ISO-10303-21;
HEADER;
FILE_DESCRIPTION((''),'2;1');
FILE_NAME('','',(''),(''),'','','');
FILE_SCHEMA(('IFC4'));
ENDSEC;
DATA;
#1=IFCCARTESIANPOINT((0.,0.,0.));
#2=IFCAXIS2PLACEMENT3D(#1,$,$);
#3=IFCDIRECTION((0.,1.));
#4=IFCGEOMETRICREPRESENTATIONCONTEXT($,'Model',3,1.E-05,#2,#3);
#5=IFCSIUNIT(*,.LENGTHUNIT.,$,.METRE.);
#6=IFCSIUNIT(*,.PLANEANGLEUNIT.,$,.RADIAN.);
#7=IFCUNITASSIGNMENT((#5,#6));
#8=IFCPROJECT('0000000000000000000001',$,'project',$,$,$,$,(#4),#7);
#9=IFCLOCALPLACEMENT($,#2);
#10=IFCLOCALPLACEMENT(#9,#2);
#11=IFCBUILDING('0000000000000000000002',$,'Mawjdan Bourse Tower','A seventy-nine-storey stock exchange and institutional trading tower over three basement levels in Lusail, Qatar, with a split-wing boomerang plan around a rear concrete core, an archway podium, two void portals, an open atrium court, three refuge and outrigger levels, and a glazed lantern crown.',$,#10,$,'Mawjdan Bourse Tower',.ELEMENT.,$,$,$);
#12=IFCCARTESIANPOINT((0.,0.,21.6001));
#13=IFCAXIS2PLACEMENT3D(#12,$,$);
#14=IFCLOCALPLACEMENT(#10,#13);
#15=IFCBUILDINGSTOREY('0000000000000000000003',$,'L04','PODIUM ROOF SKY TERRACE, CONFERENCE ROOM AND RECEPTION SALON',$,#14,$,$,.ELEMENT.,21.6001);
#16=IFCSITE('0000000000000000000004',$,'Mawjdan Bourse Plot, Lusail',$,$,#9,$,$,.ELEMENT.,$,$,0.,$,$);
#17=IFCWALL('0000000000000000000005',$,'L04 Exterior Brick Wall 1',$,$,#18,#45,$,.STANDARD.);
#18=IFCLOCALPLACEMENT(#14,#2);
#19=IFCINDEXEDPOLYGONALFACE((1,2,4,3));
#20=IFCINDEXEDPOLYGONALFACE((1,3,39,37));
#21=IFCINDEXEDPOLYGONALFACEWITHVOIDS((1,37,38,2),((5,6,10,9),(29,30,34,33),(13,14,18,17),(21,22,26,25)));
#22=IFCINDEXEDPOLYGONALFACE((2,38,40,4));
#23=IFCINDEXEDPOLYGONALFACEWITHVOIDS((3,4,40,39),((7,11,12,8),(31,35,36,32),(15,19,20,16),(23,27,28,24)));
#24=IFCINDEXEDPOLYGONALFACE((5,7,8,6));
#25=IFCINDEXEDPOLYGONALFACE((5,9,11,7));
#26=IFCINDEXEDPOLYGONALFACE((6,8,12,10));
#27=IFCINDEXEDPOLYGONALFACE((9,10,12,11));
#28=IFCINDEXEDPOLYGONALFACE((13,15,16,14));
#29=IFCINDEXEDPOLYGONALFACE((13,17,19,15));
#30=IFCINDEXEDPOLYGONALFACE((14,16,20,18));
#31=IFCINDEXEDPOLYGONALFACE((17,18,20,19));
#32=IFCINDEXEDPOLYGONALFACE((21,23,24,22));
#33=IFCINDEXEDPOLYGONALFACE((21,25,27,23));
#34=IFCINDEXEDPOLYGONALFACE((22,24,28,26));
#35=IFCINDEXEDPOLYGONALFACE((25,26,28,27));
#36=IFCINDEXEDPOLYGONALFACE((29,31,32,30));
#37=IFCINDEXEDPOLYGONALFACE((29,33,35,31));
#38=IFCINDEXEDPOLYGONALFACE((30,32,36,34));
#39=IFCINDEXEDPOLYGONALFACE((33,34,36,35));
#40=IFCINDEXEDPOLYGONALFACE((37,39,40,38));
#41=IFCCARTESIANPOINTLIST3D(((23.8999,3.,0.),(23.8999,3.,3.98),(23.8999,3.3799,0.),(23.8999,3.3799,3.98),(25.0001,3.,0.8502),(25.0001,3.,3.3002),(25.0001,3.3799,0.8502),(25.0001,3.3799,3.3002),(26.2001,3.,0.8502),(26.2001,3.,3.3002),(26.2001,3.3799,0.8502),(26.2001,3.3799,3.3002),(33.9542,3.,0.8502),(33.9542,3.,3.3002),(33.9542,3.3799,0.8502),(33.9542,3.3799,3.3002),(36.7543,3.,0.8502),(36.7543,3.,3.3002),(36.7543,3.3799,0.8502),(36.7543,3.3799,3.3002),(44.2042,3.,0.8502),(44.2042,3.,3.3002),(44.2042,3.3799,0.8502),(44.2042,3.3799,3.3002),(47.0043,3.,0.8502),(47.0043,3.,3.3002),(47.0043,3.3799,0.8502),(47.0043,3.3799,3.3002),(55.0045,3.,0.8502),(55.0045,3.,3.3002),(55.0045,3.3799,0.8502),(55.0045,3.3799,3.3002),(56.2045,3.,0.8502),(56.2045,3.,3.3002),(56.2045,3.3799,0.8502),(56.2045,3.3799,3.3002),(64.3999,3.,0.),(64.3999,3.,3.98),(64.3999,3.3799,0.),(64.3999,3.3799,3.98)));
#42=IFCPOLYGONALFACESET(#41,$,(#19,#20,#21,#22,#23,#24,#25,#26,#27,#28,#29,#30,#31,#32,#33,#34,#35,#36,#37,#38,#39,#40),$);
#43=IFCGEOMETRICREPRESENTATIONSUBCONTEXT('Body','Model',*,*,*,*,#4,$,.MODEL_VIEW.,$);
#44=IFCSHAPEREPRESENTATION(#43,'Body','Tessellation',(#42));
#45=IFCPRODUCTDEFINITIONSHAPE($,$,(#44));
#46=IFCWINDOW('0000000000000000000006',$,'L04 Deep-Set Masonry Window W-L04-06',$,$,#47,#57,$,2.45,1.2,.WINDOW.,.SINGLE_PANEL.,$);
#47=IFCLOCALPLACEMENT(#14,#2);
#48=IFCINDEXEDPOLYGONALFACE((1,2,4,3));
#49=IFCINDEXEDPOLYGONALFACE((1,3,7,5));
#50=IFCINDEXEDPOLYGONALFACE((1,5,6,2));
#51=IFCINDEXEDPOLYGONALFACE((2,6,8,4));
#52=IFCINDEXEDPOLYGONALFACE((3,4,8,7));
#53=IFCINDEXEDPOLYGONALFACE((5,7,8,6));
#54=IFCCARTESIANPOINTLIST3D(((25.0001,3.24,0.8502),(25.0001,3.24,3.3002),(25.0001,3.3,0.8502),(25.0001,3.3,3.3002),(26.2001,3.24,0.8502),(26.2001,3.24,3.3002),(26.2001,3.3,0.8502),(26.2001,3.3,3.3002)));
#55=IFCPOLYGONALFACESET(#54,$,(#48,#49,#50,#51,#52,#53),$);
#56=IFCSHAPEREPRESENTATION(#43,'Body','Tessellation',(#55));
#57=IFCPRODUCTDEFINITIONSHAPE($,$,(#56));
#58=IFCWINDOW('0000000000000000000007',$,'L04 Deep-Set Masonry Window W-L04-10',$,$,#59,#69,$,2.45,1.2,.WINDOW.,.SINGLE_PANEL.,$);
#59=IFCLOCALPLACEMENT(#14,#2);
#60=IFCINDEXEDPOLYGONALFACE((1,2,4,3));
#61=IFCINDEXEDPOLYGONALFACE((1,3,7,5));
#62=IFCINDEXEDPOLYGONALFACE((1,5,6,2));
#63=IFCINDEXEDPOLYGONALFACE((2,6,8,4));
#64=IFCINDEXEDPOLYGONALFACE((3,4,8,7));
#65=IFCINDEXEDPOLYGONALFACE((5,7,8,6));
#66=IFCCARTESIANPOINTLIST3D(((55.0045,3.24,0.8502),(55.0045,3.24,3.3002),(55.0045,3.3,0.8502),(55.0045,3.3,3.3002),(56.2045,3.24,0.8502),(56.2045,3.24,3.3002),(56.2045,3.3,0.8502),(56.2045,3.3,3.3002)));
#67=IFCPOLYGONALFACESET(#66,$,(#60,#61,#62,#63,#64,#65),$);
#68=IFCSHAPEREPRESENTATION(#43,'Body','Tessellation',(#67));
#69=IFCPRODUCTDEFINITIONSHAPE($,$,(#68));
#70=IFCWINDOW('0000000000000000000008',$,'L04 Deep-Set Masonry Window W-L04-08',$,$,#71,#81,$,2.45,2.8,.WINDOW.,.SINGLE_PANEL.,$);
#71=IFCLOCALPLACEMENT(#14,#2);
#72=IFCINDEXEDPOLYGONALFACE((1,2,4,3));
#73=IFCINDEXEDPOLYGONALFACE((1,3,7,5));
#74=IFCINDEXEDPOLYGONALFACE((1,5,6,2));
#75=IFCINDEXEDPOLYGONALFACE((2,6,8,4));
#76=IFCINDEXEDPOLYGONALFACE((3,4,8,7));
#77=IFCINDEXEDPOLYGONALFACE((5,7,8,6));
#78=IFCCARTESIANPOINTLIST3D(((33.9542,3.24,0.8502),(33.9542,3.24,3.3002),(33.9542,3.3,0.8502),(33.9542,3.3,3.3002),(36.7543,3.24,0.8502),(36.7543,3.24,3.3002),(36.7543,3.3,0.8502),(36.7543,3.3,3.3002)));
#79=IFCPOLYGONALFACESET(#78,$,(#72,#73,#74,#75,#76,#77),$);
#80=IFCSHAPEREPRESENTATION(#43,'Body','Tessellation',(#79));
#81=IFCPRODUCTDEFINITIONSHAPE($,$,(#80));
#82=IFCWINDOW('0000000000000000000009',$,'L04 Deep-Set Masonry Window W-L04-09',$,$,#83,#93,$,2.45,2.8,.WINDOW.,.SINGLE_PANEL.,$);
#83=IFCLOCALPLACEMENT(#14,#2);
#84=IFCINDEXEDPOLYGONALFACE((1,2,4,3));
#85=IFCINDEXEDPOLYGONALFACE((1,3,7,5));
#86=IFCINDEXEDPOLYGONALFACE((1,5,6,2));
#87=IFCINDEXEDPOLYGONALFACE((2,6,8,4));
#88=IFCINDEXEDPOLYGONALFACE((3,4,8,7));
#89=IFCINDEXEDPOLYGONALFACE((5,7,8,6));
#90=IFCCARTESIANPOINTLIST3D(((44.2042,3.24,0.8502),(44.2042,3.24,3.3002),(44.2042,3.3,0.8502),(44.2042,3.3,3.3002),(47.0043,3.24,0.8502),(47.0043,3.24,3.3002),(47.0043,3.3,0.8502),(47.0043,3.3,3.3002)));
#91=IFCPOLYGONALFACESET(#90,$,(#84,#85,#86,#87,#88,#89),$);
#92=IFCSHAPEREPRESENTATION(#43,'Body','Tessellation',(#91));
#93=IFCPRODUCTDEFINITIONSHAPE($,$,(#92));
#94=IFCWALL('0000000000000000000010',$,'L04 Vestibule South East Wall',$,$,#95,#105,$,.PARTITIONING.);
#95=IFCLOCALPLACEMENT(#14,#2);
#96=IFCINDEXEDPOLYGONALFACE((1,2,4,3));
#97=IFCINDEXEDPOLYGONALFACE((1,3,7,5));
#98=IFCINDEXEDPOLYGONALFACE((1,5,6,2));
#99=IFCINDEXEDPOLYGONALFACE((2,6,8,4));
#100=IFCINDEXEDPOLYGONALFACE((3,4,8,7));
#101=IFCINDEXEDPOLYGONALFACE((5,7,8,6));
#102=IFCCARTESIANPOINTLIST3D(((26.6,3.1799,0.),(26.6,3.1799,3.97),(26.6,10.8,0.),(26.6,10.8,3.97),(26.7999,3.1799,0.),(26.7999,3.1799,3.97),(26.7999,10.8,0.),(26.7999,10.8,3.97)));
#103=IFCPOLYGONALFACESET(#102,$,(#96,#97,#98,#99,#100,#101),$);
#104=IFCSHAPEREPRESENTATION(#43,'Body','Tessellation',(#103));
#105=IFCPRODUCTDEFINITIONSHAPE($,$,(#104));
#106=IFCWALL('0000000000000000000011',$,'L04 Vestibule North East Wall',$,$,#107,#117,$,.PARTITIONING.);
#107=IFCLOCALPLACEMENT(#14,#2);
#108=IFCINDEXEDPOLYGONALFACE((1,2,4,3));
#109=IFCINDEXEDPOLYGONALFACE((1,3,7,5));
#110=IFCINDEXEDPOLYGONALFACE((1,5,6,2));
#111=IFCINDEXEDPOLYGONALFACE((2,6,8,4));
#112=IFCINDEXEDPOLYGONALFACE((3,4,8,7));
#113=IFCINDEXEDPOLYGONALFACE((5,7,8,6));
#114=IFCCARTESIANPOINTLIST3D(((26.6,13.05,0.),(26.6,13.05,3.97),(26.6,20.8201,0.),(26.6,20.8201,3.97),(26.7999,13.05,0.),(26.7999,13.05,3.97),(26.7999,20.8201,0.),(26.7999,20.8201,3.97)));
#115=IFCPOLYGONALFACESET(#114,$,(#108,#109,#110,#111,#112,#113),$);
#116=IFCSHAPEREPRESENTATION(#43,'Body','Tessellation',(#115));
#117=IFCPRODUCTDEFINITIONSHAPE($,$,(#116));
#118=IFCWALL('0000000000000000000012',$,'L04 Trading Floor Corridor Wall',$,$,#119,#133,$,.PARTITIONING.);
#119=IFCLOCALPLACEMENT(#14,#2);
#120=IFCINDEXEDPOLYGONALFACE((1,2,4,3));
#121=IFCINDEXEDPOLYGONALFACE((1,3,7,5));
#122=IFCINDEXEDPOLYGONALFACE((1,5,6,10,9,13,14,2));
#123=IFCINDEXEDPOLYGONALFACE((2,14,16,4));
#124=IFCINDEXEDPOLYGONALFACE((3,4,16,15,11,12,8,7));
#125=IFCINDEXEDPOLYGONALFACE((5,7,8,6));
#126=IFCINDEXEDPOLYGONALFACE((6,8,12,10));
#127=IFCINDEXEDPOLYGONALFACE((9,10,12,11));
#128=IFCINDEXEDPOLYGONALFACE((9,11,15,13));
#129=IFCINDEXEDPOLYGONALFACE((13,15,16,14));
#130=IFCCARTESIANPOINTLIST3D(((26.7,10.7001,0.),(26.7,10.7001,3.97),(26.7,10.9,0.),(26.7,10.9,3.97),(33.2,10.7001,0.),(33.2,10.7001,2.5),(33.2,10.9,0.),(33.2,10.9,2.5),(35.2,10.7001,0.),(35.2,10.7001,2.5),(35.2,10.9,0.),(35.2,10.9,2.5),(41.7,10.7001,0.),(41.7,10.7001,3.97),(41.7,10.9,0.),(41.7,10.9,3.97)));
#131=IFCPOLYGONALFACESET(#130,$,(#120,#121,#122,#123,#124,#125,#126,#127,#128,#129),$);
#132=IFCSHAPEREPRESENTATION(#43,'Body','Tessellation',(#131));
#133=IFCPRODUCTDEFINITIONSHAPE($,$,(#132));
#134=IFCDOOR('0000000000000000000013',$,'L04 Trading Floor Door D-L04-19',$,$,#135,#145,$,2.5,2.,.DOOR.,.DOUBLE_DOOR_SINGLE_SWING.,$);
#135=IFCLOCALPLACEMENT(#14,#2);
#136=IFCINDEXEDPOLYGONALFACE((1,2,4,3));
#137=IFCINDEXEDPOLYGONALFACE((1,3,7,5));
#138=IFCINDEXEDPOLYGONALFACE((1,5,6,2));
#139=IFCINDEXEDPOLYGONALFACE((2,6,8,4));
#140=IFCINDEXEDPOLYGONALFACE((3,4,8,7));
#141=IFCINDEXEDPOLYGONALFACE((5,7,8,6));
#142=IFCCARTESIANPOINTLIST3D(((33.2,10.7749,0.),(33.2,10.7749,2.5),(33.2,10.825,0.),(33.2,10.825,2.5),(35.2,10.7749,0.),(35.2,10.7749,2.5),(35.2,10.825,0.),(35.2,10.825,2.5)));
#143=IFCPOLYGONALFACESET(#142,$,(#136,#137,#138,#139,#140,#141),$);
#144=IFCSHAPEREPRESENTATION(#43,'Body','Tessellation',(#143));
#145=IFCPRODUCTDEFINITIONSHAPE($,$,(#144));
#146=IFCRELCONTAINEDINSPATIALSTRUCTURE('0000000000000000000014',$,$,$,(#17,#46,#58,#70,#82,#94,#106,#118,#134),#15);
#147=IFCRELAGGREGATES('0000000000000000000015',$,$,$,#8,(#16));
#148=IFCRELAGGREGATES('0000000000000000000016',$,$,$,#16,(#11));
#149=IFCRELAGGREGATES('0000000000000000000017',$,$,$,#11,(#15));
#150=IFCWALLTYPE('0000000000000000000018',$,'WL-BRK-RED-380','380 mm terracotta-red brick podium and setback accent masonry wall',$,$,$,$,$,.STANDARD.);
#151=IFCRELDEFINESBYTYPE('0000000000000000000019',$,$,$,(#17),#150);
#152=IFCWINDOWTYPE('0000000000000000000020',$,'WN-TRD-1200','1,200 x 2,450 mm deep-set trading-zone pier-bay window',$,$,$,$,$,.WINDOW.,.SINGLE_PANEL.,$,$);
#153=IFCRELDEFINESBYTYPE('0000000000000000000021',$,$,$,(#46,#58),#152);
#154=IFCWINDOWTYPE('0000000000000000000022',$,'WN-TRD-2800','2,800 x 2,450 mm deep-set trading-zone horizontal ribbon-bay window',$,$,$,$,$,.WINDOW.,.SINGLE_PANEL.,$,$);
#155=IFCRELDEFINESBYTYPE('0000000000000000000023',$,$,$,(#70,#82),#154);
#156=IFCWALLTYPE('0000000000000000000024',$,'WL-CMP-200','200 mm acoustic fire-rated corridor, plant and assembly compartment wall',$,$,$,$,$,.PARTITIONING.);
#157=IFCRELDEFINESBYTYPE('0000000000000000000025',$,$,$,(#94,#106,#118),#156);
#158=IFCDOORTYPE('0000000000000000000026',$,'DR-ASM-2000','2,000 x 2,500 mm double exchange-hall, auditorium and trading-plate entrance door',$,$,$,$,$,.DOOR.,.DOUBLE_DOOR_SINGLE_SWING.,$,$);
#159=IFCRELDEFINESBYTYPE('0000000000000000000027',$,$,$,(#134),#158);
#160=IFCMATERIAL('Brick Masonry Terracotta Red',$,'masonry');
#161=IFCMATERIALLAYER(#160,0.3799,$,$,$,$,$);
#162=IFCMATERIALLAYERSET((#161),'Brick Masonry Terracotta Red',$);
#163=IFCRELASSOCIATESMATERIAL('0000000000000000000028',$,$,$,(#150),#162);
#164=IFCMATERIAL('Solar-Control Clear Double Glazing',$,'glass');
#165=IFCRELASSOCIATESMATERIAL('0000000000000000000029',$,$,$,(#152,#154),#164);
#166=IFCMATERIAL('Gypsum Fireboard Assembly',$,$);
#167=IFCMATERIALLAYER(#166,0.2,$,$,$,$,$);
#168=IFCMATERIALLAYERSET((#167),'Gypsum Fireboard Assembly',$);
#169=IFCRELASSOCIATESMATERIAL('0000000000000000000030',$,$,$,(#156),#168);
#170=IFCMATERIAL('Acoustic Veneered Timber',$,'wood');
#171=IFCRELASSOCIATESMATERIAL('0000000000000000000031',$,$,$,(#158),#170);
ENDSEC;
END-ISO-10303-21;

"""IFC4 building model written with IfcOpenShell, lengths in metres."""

from ifc_helpers import new_model, si_unit, direction, frame, frame_2d, origin, place, context, subcontext, project, spatial, rectangle, extrude, material, layer, layer_set, type_object, element, fill, save


model = new_model("IFC4")

# Units and contexts
model_context = context("Model", 3, precision=1e-05, world=origin(), true_north=direction((0.0, 1.0)))
body_context = subcontext(model_context, "Body", "Model", "MODEL_VIEW")
ifc_project = project(units=[si_unit("LENGTHUNIT", "METRE"), si_unit("PLANEANGLEUNIT", "RADIAN")], contexts=[model_context])

# Site, building, storey
site_placement = place(None, origin())
site = spatial("IfcSite", under=ifc_project, at=site_placement, Name="Mawjdan Bourse Plot, Lusail", CompositionType="ELEMENT", RefElevation=0.0)
building_placement = place(site_placement, origin())
building = spatial("IfcBuilding", under=site, at=building_placement, Name="Mawjdan Bourse Tower", Description="A seventy-nine-storey stock exchange and institutional trading tower over three basement levels in Lusail, Qatar, with a split-wing boomerang plan around a rear concrete core, an archway podium, two void portals, an open atrium court, three refuge and outrigger levels, and a glazed lantern crown.", LongName="Mawjdan Bourse Tower", CompositionType="ELEMENT")
storey_placement = place(building_placement, frame((0.0, 0.0, 21.6001)))
storey = spatial("IfcBuildingStorey", under=building, at=storey_placement, Name="L04", Description="PODIUM ROOF SKY TERRACE, CONFERENCE ROOM AND RECEPTION SALON", CompositionType="ELEMENT", Elevation=21.6001)

# Wall, openings, windows
ifc_material_1 = material(Name="Brick Masonry Terracotta Red", Category="masonry")
ifc_layer_1 = layer(ifc_material_1, 0.3799)
ifc_layer_set_1 = layer_set([ifc_layer_1], Name="Brick Masonry Terracotta Red")
wall_type_1 = type_object("IfcWallType", Name="WL-BRK-RED-380", Description="380 mm terracotta-red brick podium and setback accent masonry wall", PredefinedType="STANDARD", material=ifc_layer_set_1)
wall_1_placement = place(storey_placement, frame((23.8999, 3.1899, 0.0), z_axis=(0.0, 0.0, 1.0), x_axis=(1.0, 0.0, 0.0)))
wall_1 = element("IfcWall", 1, at=wall_1_placement, inside=storey, type_object=wall_type_1, Name="L04 Exterior Brick Wall 1", PredefinedType="STANDARD", context=body_context, shape_type="SweptSolid", body=[
    extrude(rectangle(XDim=40.5, YDim=0.3799, at=frame_2d((20.25, 0.0))), origin(), (0.0, 0.0, 1.0), 3.98),
])
opening_1_placement = place(wall_1_placement, frame((1.1001, 0.0, 0.8501)))
opening_1 = element("IfcOpeningElement", 2, at=opening_1_placement, cuts=wall_1, PredefinedType="OPENING", context=body_context, shape_type="SweptSolid", body=[
    extrude(rectangle(XDim=1.2, YDim=2.45, at=frame_2d((0.6001, 1.2251))), frame((0.0, 0.2, 0.0), z_axis=(0.0, -1.0, 0.0), x_axis=(1.0, 0.0, 0.0)), (0.0, 0.0, 1.0), 0.3999),
])
opening_2_placement = place(wall_1_placement, frame((10.0544, 0.0, 0.8501)))
opening_2 = element("IfcOpeningElement", 3, at=opening_2_placement, cuts=wall_1, PredefinedType="OPENING", context=body_context, shape_type="SweptSolid", body=[
    extrude(rectangle(XDim=2.8, YDim=2.45, at=frame_2d((1.3999, 1.2251))), frame((0.0, 0.2, 0.0), z_axis=(0.0, -1.0, 0.0), x_axis=(1.0, 0.0, 0.0)), (0.0, 0.0, 1.0), 0.3999),
])
opening_3_placement = place(wall_1_placement, frame((20.3044, 0.0, 0.8501)))
opening_3 = element("IfcOpeningElement", 4, at=opening_3_placement, cuts=wall_1, PredefinedType="OPENING", context=body_context, shape_type="SweptSolid", body=[
    extrude(rectangle(XDim=2.8, YDim=2.45, at=frame_2d((1.3999, 1.2251))), frame((0.0, 0.2, 0.0), z_axis=(0.0, -1.0, 0.0), x_axis=(1.0, 0.0, 0.0)), (0.0, 0.0, 1.0), 0.3999),
])
opening_4_placement = place(wall_1_placement, frame((31.1045, 0.0, 0.8501)))
opening_4 = element("IfcOpeningElement", 5, at=opening_4_placement, cuts=wall_1, PredefinedType="OPENING", context=body_context, shape_type="SweptSolid", body=[
    extrude(rectangle(XDim=1.2, YDim=2.45, at=frame_2d((0.6001, 1.2251))), frame((0.0, 0.2, 0.0), z_axis=(0.0, -1.0, 0.0), x_axis=(1.0, 0.0, 0.0)), (0.0, 0.0, 1.0), 0.3999),
])
ifc_material_2 = material(Name="Solar-Control Clear Double Glazing", Category="glass")
window_type_1 = type_object("IfcWindowType", Name="WN-TRD-1200", Description="1,200 x 2,450 mm deep-set trading-zone pier-bay window", PartitioningType="SINGLE_PANEL", PredefinedType="WINDOW", material=ifc_material_2)
window_1_placement = place(opening_1_placement, origin())
window_1 = element("IfcWindow", 6, at=window_1_placement, inside=storey, type_object=window_type_1, Name="L04 Deep-Set Masonry Window W-L04-06", OverallHeight=2.45, OverallWidth=1.2, PartitioningType="SINGLE_PANEL", PredefinedType="WINDOW", context=body_context, shape_type="SweptSolid", body=[
    extrude(rectangle(XDim=1.2, YDim=2.45, at=frame_2d((0.6001, 1.2251))), frame((0.0, 0.1101, 0.0), z_axis=(0.0, -1.0, 0.0), x_axis=(1.0, 0.0, 0.0)), (0.0, 0.0, 1.0), 0.0601),
])
fill(opening_1, window_1)
window_2_placement = place(opening_4_placement, origin())
window_2 = element("IfcWindow", 7, at=window_2_placement, inside=storey, type_object=window_type_1, Name="L04 Deep-Set Masonry Window W-L04-10", OverallHeight=2.45, OverallWidth=1.2, PartitioningType="SINGLE_PANEL", PredefinedType="WINDOW", context=body_context, shape_type="SweptSolid", body=[
    extrude(rectangle(XDim=1.2, YDim=2.45, at=frame_2d((0.6001, 1.2251))), frame((0.0, 0.1101, 0.0), z_axis=(0.0, -1.0, 0.0), x_axis=(1.0, 0.0, 0.0)), (0.0, 0.0, 1.0), 0.0601),
])
fill(opening_4, window_2)
window_type_2 = type_object("IfcWindowType", Name="WN-TRD-2800", Description="2,800 x 2,450 mm deep-set trading-zone horizontal ribbon-bay window", PartitioningType="SINGLE_PANEL", PredefinedType="WINDOW", material=ifc_material_2)
window_3_placement = place(opening_2_placement, origin())
window_3 = element("IfcWindow", 8, at=window_3_placement, inside=storey, type_object=window_type_2, Name="L04 Deep-Set Masonry Window W-L04-08", OverallHeight=2.45, OverallWidth=2.8, PartitioningType="SINGLE_PANEL", PredefinedType="WINDOW", context=body_context, shape_type="SweptSolid", body=[
    extrude(rectangle(XDim=2.8, YDim=2.45, at=frame_2d((1.3999, 1.2251))), frame((0.0, 0.1101, 0.0), z_axis=(0.0, -1.0, 0.0), x_axis=(1.0, 0.0, 0.0)), (0.0, 0.0, 1.0), 0.0601),
])
fill(opening_2, window_3)
window_4_placement = place(opening_3_placement, origin())
window_4 = element("IfcWindow", 9, at=window_4_placement, inside=storey, type_object=window_type_2, Name="L04 Deep-Set Masonry Window W-L04-09", OverallHeight=2.45, OverallWidth=2.8, PartitioningType="SINGLE_PANEL", PredefinedType="WINDOW", context=body_context, shape_type="SweptSolid", body=[
    extrude(rectangle(XDim=2.8, YDim=2.45, at=frame_2d((1.3999, 1.2251))), frame((0.0, 0.1101, 0.0), z_axis=(0.0, -1.0, 0.0), x_axis=(1.0, 0.0, 0.0)), (0.0, 0.0, 1.0), 0.0601),
])
fill(opening_3, window_4)

# Shared definitions
ifc_material_3 = material(Name="Gypsum Fireboard Assembly")
ifc_layer_2 = layer(ifc_material_3, 0.2)
ifc_layer_set_2 = layer_set([ifc_layer_2], Name="Gypsum Fireboard Assembly")
wall_type_2 = type_object("IfcWallType", Name="WL-CMP-200", Description="200 mm acoustic fire-rated corridor, plant and assembly compartment wall", PredefinedType="PARTITIONING", material=ifc_layer_set_2)

# Walls
wall_2_placement = place(storey_placement, frame((26.7, 3.1799, 0.0), z_axis=(0.0, 0.0, 1.0), x_axis=(0.0, 1.0, 0.0)))
element("IfcWall", 10, at=wall_2_placement, inside=storey, type_object=wall_type_2, Name="L04 Vestibule South East Wall", PredefinedType="PARTITIONING", context=body_context, shape_type="SweptSolid", body=[
    extrude(rectangle(XDim=7.6201, YDim=0.2, at=frame_2d((3.8101, 0.0))), origin(), (0.0, 0.0, 1.0), 3.97),
])
wall_3_placement = place(storey_placement, frame((26.7, 13.05, 0.0), z_axis=(0.0, 0.0, 1.0), x_axis=(0.0, 1.0, 0.0)))
element("IfcWall", 11, at=wall_3_placement, inside=storey, type_object=wall_type_2, Name="L04 Vestibule North East Wall", PredefinedType="PARTITIONING", context=body_context, shape_type="SweptSolid", body=[
    extrude(rectangle(XDim=7.77, YDim=0.2, at=frame_2d((3.885, 0.0))), origin(), (0.0, 0.0, 1.0), 3.97),
])

# Wall, opening, door
wall_4_placement = place(storey_placement, frame((26.7, 10.8, 0.0), z_axis=(0.0, 0.0, 1.0), x_axis=(1.0, 0.0, 0.0)))
wall_4 = element("IfcWall", 12, at=wall_4_placement, inside=storey, type_object=wall_type_2, Name="L04 Trading Floor Corridor Wall", PredefinedType="PARTITIONING", context=body_context, shape_type="SweptSolid", body=[
    extrude(rectangle(XDim=15.0, YDim=0.2, at=frame_2d((7.5, 0.0))), origin(), (0.0, 0.0, 1.0), 3.97),
])
opening_5_placement = place(wall_4_placement, frame((6.5, 0.0, 0.0)))
opening_5 = element("IfcOpeningElement", 13, at=opening_5_placement, cuts=wall_4, PredefinedType="OPENING", context=body_context, shape_type="SweptSolid", body=[
    extrude(rectangle(XDim=2.0, YDim=2.5, at=frame_2d((1.0, 1.25))), frame((0.0, 0.1099, 0.0), z_axis=(0.0, -1.0, 0.0), x_axis=(1.0, 0.0, 0.0)), (0.0, 0.0, 1.0), 0.22),
])
ifc_material_4 = material(Name="Acoustic Veneered Timber", Category="wood")
door_type_1 = type_object("IfcDoorType", Name="DR-ASM-2000", Description="2,000 x 2,500 mm double exchange-hall, auditorium and trading-plate entrance door", OperationType="DOUBLE_DOOR_SINGLE_SWING", PredefinedType="DOOR", material=ifc_material_4)
door_1_placement = place(opening_5_placement, origin())
door_1 = element("IfcDoor", 14, at=door_1_placement, inside=storey, type_object=door_type_1, Name="L04 Trading Floor Door D-L04-19", OperationType="DOUBLE_DOOR_SINGLE_SWING", OverallHeight=2.5, OverallWidth=2.0, PredefinedType="DOOR", context=body_context, shape_type="SweptSolid", body=[
    extrude(rectangle(XDim=2.0, YDim=2.5, at=frame_2d((1.0, 1.25))), frame((0.0, 0.0249, 0.0), z_axis=(0.0, -1.0, 0.0), x_axis=(1.0, 0.0, 0.0)), (0.0, 0.0, 1.0), 0.05),
])
fill(opening_5, door_1)

save(model, "model.ifc")
